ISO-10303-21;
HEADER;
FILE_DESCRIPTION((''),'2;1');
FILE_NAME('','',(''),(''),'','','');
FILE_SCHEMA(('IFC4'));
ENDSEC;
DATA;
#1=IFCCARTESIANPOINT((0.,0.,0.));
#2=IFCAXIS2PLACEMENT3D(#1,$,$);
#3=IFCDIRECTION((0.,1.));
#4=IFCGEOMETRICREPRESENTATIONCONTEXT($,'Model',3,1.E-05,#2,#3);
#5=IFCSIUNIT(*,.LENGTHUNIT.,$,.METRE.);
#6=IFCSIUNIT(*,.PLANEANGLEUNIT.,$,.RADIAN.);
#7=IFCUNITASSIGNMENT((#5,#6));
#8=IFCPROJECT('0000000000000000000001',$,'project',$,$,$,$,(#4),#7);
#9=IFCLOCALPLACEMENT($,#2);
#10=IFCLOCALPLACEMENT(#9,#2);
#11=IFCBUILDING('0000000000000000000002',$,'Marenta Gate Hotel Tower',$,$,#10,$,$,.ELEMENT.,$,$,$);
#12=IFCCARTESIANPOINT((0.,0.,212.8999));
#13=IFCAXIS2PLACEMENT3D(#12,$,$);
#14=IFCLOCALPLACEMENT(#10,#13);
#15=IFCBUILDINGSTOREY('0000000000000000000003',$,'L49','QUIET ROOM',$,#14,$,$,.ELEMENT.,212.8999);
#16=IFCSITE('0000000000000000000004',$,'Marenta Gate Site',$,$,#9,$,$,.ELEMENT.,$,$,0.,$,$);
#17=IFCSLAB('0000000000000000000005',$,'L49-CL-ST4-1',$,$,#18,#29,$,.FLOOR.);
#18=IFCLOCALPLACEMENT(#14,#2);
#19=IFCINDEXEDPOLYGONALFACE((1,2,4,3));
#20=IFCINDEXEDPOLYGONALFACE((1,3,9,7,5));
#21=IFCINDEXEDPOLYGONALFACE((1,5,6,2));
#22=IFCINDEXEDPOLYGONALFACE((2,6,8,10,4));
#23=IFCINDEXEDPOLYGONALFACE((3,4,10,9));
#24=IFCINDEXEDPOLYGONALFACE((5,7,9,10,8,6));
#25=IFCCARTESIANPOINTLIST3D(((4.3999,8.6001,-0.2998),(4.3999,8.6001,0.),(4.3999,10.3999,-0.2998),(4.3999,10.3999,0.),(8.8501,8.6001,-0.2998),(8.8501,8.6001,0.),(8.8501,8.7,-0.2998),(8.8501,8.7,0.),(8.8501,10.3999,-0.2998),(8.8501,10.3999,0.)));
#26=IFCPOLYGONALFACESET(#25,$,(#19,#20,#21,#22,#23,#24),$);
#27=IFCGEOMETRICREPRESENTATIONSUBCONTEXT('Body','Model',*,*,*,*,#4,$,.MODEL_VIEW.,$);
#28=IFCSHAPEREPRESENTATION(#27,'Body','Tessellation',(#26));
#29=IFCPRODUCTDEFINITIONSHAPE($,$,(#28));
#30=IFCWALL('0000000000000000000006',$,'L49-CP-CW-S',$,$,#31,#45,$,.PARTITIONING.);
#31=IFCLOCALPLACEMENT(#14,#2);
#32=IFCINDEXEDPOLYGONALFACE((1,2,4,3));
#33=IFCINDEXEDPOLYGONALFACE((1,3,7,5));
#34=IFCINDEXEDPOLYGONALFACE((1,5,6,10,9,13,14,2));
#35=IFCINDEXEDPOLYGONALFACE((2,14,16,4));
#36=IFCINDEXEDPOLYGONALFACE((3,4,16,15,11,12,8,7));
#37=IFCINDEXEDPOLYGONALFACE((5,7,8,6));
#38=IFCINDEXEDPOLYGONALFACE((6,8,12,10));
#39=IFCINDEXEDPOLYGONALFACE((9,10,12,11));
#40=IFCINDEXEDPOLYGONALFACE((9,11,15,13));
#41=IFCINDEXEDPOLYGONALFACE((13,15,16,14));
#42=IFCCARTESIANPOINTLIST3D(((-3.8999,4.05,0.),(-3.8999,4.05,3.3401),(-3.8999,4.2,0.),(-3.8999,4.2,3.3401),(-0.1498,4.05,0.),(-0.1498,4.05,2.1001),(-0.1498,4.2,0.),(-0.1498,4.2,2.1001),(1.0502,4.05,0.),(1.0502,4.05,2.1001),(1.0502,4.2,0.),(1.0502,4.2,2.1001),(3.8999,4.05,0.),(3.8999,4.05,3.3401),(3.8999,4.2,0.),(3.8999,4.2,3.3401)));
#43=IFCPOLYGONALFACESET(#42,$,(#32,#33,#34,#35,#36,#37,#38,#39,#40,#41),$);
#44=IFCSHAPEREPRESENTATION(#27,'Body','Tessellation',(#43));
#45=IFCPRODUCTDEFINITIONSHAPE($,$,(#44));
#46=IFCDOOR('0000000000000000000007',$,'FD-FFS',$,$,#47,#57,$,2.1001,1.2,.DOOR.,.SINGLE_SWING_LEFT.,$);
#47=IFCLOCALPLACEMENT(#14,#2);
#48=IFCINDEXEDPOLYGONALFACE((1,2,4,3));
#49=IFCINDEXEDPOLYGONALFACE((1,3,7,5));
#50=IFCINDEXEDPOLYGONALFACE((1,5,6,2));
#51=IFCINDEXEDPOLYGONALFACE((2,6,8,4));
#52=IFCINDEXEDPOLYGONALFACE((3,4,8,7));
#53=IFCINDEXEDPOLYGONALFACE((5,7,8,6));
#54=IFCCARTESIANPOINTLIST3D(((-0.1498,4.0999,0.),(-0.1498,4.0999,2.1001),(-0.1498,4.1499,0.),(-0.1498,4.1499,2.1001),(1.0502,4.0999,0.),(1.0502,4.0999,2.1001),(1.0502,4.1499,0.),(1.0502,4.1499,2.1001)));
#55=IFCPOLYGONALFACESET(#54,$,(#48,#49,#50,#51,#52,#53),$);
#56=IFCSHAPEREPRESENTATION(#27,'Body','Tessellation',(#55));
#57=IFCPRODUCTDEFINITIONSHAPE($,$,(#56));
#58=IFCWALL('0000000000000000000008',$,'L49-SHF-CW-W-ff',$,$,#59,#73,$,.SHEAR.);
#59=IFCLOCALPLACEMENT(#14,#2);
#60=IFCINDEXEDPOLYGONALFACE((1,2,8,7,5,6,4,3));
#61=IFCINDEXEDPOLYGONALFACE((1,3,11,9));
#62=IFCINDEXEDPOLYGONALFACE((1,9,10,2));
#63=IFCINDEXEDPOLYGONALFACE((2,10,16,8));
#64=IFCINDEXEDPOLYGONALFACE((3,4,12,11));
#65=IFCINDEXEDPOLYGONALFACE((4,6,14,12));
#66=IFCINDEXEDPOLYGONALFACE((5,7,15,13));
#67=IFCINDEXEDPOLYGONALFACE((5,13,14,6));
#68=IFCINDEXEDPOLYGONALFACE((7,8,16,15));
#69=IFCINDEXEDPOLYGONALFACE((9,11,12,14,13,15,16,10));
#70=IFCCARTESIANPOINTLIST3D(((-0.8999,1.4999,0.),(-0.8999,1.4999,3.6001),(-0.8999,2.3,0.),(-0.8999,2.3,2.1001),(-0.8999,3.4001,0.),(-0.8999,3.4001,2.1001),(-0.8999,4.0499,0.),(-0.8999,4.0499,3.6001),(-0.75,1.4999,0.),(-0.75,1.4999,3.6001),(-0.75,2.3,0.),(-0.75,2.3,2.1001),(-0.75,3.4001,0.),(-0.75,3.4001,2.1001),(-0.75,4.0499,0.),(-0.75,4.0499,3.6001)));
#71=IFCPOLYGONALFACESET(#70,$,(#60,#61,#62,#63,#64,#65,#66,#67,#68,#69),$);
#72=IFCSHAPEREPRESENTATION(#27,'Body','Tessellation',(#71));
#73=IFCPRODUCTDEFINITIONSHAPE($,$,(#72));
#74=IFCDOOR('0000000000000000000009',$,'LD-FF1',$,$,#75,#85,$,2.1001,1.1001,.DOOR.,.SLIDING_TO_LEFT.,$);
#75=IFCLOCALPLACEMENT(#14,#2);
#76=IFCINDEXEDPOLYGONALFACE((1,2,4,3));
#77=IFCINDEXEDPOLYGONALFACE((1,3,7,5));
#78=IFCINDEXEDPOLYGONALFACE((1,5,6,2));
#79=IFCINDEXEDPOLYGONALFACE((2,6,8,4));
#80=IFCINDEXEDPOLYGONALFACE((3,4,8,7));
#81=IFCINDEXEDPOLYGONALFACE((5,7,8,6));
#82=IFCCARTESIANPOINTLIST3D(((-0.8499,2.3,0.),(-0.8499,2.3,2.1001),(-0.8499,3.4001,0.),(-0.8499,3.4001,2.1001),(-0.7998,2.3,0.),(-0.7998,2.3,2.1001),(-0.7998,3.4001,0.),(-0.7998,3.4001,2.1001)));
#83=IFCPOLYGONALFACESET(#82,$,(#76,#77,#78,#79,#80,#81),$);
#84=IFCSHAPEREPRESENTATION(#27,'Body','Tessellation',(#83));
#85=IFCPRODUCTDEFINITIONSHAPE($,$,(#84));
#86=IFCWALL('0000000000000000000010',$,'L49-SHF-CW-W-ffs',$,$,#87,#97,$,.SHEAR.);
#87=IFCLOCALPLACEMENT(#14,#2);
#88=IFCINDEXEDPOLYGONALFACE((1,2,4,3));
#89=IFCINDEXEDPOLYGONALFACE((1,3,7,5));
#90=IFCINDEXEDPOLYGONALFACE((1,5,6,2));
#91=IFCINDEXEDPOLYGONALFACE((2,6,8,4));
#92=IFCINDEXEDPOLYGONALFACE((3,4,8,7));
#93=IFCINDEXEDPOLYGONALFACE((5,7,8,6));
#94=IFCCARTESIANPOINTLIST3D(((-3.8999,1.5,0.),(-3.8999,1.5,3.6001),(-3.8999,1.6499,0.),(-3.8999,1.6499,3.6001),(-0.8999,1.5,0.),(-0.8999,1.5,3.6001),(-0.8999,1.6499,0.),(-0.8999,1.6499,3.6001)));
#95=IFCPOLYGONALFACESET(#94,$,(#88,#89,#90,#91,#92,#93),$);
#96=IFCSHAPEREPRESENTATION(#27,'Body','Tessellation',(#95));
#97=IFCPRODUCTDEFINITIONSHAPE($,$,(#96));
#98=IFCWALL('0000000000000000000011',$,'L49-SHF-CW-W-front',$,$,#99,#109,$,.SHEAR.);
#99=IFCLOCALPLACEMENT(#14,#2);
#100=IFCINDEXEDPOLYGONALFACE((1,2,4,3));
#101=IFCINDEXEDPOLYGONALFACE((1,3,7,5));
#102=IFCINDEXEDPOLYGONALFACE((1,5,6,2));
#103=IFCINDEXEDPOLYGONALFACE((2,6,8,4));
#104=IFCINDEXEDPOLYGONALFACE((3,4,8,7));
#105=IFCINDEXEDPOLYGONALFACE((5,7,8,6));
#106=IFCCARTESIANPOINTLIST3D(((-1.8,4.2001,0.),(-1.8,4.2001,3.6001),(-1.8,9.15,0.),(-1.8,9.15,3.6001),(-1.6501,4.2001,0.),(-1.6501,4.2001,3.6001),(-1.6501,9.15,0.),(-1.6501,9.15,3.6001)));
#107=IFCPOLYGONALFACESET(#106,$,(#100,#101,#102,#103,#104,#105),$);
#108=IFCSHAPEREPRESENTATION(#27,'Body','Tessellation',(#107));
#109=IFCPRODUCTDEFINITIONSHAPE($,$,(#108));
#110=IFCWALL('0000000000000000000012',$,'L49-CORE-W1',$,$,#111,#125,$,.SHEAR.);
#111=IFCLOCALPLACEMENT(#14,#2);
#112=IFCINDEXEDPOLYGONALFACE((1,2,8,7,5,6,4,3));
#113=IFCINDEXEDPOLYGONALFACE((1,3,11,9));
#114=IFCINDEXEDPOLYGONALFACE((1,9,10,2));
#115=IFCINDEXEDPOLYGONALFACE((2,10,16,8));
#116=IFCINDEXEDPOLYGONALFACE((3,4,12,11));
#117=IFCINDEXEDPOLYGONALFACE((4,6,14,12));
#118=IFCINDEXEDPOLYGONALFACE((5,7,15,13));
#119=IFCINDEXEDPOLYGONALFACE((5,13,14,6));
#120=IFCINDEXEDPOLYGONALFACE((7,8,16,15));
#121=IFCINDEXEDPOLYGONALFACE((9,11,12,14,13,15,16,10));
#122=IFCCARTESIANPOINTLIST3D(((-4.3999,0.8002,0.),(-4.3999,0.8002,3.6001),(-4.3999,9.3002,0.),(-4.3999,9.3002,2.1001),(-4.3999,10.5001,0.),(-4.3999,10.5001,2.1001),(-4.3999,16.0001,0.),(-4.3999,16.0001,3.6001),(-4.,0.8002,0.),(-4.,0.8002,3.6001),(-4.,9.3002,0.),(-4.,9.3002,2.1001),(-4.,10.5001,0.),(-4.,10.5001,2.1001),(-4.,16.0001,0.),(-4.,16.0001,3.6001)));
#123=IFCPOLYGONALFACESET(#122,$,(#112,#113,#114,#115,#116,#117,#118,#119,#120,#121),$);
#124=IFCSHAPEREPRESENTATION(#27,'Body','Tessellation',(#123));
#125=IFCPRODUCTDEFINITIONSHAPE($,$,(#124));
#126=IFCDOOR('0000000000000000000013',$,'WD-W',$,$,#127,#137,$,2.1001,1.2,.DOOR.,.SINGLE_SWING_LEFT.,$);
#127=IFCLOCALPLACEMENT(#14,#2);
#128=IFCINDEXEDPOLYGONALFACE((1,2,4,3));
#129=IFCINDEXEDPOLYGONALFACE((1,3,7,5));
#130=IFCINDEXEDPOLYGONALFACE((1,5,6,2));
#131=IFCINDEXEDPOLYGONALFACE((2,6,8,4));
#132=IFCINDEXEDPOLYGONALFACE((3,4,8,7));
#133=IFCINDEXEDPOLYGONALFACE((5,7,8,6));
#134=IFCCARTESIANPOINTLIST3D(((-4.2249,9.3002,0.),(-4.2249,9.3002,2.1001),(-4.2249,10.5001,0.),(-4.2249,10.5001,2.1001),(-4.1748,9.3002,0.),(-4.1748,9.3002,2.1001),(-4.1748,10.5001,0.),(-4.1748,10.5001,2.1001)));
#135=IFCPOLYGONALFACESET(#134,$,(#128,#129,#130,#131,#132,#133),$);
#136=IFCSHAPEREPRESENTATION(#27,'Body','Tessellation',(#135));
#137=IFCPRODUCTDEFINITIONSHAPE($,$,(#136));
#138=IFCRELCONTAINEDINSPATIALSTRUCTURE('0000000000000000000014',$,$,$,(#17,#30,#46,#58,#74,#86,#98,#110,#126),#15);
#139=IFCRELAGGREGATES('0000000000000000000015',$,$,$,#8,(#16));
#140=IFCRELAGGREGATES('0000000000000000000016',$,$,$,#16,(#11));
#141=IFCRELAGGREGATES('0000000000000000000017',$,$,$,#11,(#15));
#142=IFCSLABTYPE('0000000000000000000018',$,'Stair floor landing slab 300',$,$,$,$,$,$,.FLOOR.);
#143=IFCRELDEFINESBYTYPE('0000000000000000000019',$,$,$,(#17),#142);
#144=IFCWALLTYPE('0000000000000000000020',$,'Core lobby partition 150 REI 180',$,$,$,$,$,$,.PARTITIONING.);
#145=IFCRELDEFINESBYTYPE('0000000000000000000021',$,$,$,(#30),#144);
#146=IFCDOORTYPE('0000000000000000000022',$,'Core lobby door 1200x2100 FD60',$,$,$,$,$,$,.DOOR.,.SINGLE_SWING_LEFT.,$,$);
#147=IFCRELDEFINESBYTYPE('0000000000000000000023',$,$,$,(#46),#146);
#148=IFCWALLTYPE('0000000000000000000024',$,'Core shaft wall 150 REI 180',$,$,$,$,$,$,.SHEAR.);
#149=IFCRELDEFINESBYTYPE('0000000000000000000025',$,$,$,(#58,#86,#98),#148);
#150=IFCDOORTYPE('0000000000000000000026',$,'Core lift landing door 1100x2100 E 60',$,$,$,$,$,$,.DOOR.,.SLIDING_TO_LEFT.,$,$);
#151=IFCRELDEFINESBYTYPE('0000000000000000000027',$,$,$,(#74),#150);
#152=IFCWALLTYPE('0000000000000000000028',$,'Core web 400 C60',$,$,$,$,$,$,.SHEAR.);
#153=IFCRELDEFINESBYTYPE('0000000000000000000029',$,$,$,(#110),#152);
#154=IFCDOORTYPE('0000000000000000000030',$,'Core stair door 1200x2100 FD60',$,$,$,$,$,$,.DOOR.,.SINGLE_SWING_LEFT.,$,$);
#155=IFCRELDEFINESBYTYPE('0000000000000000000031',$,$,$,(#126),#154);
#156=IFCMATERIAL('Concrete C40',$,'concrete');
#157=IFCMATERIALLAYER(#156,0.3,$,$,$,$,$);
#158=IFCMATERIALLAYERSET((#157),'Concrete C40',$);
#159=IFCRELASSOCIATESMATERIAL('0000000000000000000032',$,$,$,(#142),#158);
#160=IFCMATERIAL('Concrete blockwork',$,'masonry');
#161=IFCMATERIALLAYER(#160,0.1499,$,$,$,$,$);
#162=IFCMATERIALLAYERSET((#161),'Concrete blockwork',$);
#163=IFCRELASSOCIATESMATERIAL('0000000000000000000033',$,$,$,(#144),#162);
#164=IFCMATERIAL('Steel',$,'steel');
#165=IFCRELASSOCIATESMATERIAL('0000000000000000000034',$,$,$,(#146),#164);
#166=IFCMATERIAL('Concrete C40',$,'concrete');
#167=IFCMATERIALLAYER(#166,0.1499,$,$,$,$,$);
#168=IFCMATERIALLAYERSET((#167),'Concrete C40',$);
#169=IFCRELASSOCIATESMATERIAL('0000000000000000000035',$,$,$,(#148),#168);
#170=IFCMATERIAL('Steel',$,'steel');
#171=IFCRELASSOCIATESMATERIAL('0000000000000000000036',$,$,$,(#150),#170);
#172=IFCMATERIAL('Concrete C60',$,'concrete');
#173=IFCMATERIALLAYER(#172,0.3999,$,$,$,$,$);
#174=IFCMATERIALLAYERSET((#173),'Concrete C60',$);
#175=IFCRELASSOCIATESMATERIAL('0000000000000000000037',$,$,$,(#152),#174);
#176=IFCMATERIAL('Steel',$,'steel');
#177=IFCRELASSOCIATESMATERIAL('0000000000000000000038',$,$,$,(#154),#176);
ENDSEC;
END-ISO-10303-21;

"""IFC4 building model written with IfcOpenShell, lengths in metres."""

from ifc_helpers import new_model, si_unit, direction, frame, frame_2d, origin, place, context, subcontext, project, spatial, polyline, rectangle, outline, extrude, material, layer, layer_set, type_object, element, fill, save


model = new_model("IFC4")

# Units and contexts
model_context = context("Model", 3, precision=1e-05, world=origin(), true_north=direction((0.0, 1.0)))
body_context = subcontext(model_context, "Body", "Model", "MODEL_VIEW")
ifc_project = project(units=[si_unit("LENGTHUNIT", "METRE"), si_unit("PLANEANGLEUNIT", "RADIAN")], contexts=[model_context])

# Site, building, storey
site_placement = place(None, origin())
site = spatial("IfcSite", under=ifc_project, at=site_placement, Name="Marenta Gate Site", CompositionType="ELEMENT", RefElevation=0.0)
building_placement = place(site_placement, origin())
building = spatial("IfcBuilding", under=site, at=building_placement, Name="Marenta Gate Hotel Tower", CompositionType="ELEMENT")
storey_placement = place(building_placement, frame((0.0, 0.0, 212.8999)))
storey = spatial("IfcBuildingStorey", under=building, at=storey_placement, Name="L49", Description="QUIET ROOM", CompositionType="ELEMENT", Elevation=212.8999)

# Slab
ifc_material_1 = material(Name="Concrete C40", Category="concrete")
ifc_layer_1 = layer(ifc_material_1, 0.3)
ifc_layer_set_1 = layer_set([ifc_layer_1], Name="Concrete C40")
slab_type_1 = type_object("IfcSlabType", Name="Stair floor landing slab 300", PredefinedType="FLOOR", material=ifc_layer_set_1)
slab_1_placement = place(storey_placement, frame((0.0, 0.0, -0.2998)))
element("IfcSlab", 1, at=slab_1_placement, inside=storey, type_object=slab_type_1, Name="L49-CL-ST4-1", PredefinedType="FLOOR", context=body_context, shape_type="SweptSolid", body=[
    extrude(outline(polyline([(4.3999, 8.6001), (4.3999, 10.3999), (8.8501, 10.3999), (8.8501, 8.7), (8.8501, 8.6001), (4.3999, 8.6001)])), origin(), (0.0, 0.0, 1.0), 0.2998),
])

# Walls, openings, doors
ifc_material_2 = material(Name="Concrete blockwork", Category="masonry")
ifc_layer_2 = layer(ifc_material_2, 0.1499)
ifc_layer_set_2 = layer_set([ifc_layer_2], Name="Concrete blockwork")
wall_type_1 = type_object("IfcWallType", Name="Core lobby partition 150 REI 180", PredefinedType="PARTITIONING", material=ifc_layer_set_2)
wall_1_placement = place(storey_placement, frame((-3.8999, 4.125, 0.0), z_axis=(0.0, 0.0, 1.0), x_axis=(1.0, 0.0, 0.0)))
wall_1 = element("IfcWall", 2, at=wall_1_placement, inside=storey, type_object=wall_type_1, Name="L49-CP-CW-S", PredefinedType="PARTITIONING", context=body_context, shape_type="SweptSolid", body=[
    extrude(rectangle(XDim=7.7998, YDim=0.1499, at=frame_2d((3.8999, 0.0))), origin(), (0.0, 0.0, 1.0), 3.3401),
])
opening_1_placement = place(wall_1_placement, frame((3.75, 0.0, 0.0)))
opening_1 = element("IfcOpeningElement", 3, at=opening_1_placement, cuts=wall_1, PredefinedType="OPENING", context=body_context, shape_type="SweptSolid", body=[
    extrude(rectangle(XDim=1.2, YDim=2.1001, at=frame_2d((0.6001, 1.05))), frame((0.0, 0.075, 0.0), z_axis=(0.0, -1.0, 0.0), x_axis=(1.0, 0.0, 0.0)), (0.0, 0.0, 1.0), 0.1499),
])
ifc_material_3 = material(Name="Steel", Category="steel")
door_type_1 = type_object("IfcDoorType", Name="Core lobby door 1200x2100 FD60", OperationType="SINGLE_SWING_LEFT", PredefinedType="DOOR", material=ifc_material_3)
door_1_placement = place(opening_1_placement, origin())
door_1 = element("IfcDoor", 4, at=door_1_placement, inside=storey, type_object=door_type_1, Name="FD-FFS", OperationType="SINGLE_SWING_LEFT", OverallHeight=2.1001, OverallWidth=1.2, PredefinedType="DOOR", context=body_context, shape_type="SweptSolid", body=[
    extrude(rectangle(XDim=1.2, YDim=2.1001, at=frame_2d((0.6001, 1.05))), frame((0.0, 0.0249, 0.0), z_axis=(0.0, -1.0, 0.0), x_axis=(1.0, 0.0, 0.0)), (0.0, 0.0, 1.0), 0.05),
])
fill(opening_1, door_1)
ifc_material_4 = material(Name="Concrete C40", Category="concrete")
ifc_layer_3 = layer(ifc_material_4, 0.1499)
ifc_layer_set_3 = layer_set([ifc_layer_3], Name="Concrete C40")
wall_type_2 = type_object("IfcWallType", Name="Core shaft wall 150 REI 180", PredefinedType="SHEAR", material=ifc_layer_set_3)
wall_2_placement = place(storey_placement, frame((-0.825, 1.5, 0.0), z_axis=(0.0, 0.0, 1.0), x_axis=(0.0, 1.0, 0.0)))
wall_2 = element("IfcWall", 5, at=wall_2_placement, inside=storey, type_object=wall_type_2, Name="L49-SHF-CW-W-ff", PredefinedType="SHEAR", context=body_context, shape_type="SweptSolid", body=[
    extrude(rectangle(XDim=2.55, YDim=0.1499, at=frame_2d((1.2749, 0.0))), origin(), (0.0, 0.0, 1.0), 3.6001),
])
opening_2_placement = place(wall_2_placement, frame((0.8, 0.0, 0.0)))
opening_2 = element("IfcOpeningElement", 6, at=opening_2_placement, cuts=wall_2, PredefinedType="OPENING", context=body_context, shape_type="SweptSolid", body=[
    extrude(rectangle(XDim=1.1001, YDim=2.1001, at=frame_2d((0.55, 1.05))), frame((0.0, 0.075, 0.0), z_axis=(0.0, -1.0, 0.0), x_axis=(1.0, 0.0, 0.0)), (0.0, 0.0, 1.0), 0.1499),
])
ifc_material_5 = material(Name="Steel", Category="steel")
door_type_2 = type_object("IfcDoorType", Name="Core lift landing door 1100x2100 E 60", OperationType="SLIDING_TO_LEFT", PredefinedType="DOOR", material=ifc_material_5)
door_2_placement = place(opening_2_placement, origin())
door_2 = element("IfcDoor", 7, at=door_2_placement, inside=storey, type_object=door_type_2, Name="LD-FF1", OperationType="SLIDING_TO_LEFT", OverallHeight=2.1001, OverallWidth=1.1001, PredefinedType="DOOR", context=body_context, shape_type="SweptSolid", body=[
    extrude(rectangle(XDim=1.1001, YDim=2.1001, at=frame_2d((0.55, 1.05))), frame((0.0, 0.0249, 0.0), z_axis=(0.0, -1.0, 0.0), x_axis=(1.0, 0.0, 0.0)), (0.0, 0.0, 1.0), 0.05),
])
fill(opening_2, door_2)

# Walls
wall_3_placement = place(storey_placement, frame((-3.8999, 1.575, 0.0), z_axis=(0.0, 0.0, 1.0), x_axis=(1.0, 0.0, 0.0)))
element("IfcWall", 8, at=wall_3_placement, inside=storey, type_object=wall_type_2, Name="L49-SHF-CW-W-ffs", PredefinedType="SHEAR", context=body_context, shape_type="SweptSolid", body=[
    extrude(rectangle(XDim=3.0, YDim=0.1499, at=frame_2d((1.5, 0.0))), origin(), (0.0, 0.0, 1.0), 3.6001),
])
wall_4_placement = place(storey_placement, frame((-1.7251, 4.2, 0.0), z_axis=(0.0, 0.0, 1.0), x_axis=(0.0, 1.0, 0.0)))
element("IfcWall", 9, at=wall_4_placement, inside=storey, type_object=wall_type_2, Name="L49-SHF-CW-W-front", PredefinedType="SHEAR", context=body_context, shape_type="SweptSolid", body=[
    extrude(rectangle(XDim=4.95, YDim=0.1499, at=frame_2d((2.4751, 0.0))), origin(), (0.0, 0.0, 1.0), 3.6001),
])

# Wall, opening, door
ifc_material_6 = material(Name="Concrete C60", Category="concrete")
ifc_layer_4 = layer(ifc_material_6, 0.3999)
ifc_layer_set_4 = layer_set([ifc_layer_4], Name="Concrete C60")
wall_type_3 = type_object("IfcWallType", Name="Core web 400 C60", PredefinedType="SHEAR", material=ifc_layer_set_4)
wall_5_placement = place(storey_placement, frame((-4.2, 0.8, 0.0), z_axis=(0.0, 0.0, 1.0), x_axis=(0.0, 1.0, 0.0)))
wall_5 = element("IfcWall", 10, at=wall_5_placement, inside=storey, type_object=wall_type_3, Name="L49-CORE-W1", PredefinedType="SHEAR", context=body_context, shape_type="SweptSolid", body=[
    extrude(rectangle(XDim=15.2, YDim=0.3999, at=frame_2d((7.6001, 0.0))), origin(), (0.0, 0.0, 1.0), 3.6001),
])
opening_3_placement = place(wall_5_placement, frame((8.5, 0.0, 0.0)))
opening_3 = element("IfcOpeningElement", 11, at=opening_3_placement, cuts=wall_5, PredefinedType="OPENING", context=body_context, shape_type="SweptSolid", body=[
    extrude(rectangle(XDim=1.2, YDim=2.1001, at=frame_2d((0.6001, 1.05))), frame((0.0, 0.2, 0.0), z_axis=(0.0, -1.0, 0.0), x_axis=(1.0, 0.0, 0.0)), (0.0, 0.0, 1.0), 0.3999),
])
ifc_material_7 = material(Name="Steel", Category="steel")
door_type_3 = type_object("IfcDoorType", Name="Core stair door 1200x2100 FD60", OperationType="SINGLE_SWING_LEFT", PredefinedType="DOOR", material=ifc_material_7)
door_3_placement = place(opening_3_placement, origin())
door_3 = element("IfcDoor", 12, at=door_3_placement, inside=storey, type_object=door_type_3, Name="WD-W", OperationType="SINGLE_SWING_LEFT", OverallHeight=2.1001, OverallWidth=1.2, PredefinedType="DOOR", context=body_context, shape_type="SweptSolid", body=[
    extrude(rectangle(XDim=1.2, YDim=2.1001, at=frame_2d((0.6001, 1.05))), frame((0.0, 0.0249, 0.0), z_axis=(0.0, -1.0, 0.0), x_axis=(1.0, 0.0, 0.0)), (0.0, 0.0, 1.0), 0.05),
])
fill(opening_3, door_3)

save(model, "model.ifc")
